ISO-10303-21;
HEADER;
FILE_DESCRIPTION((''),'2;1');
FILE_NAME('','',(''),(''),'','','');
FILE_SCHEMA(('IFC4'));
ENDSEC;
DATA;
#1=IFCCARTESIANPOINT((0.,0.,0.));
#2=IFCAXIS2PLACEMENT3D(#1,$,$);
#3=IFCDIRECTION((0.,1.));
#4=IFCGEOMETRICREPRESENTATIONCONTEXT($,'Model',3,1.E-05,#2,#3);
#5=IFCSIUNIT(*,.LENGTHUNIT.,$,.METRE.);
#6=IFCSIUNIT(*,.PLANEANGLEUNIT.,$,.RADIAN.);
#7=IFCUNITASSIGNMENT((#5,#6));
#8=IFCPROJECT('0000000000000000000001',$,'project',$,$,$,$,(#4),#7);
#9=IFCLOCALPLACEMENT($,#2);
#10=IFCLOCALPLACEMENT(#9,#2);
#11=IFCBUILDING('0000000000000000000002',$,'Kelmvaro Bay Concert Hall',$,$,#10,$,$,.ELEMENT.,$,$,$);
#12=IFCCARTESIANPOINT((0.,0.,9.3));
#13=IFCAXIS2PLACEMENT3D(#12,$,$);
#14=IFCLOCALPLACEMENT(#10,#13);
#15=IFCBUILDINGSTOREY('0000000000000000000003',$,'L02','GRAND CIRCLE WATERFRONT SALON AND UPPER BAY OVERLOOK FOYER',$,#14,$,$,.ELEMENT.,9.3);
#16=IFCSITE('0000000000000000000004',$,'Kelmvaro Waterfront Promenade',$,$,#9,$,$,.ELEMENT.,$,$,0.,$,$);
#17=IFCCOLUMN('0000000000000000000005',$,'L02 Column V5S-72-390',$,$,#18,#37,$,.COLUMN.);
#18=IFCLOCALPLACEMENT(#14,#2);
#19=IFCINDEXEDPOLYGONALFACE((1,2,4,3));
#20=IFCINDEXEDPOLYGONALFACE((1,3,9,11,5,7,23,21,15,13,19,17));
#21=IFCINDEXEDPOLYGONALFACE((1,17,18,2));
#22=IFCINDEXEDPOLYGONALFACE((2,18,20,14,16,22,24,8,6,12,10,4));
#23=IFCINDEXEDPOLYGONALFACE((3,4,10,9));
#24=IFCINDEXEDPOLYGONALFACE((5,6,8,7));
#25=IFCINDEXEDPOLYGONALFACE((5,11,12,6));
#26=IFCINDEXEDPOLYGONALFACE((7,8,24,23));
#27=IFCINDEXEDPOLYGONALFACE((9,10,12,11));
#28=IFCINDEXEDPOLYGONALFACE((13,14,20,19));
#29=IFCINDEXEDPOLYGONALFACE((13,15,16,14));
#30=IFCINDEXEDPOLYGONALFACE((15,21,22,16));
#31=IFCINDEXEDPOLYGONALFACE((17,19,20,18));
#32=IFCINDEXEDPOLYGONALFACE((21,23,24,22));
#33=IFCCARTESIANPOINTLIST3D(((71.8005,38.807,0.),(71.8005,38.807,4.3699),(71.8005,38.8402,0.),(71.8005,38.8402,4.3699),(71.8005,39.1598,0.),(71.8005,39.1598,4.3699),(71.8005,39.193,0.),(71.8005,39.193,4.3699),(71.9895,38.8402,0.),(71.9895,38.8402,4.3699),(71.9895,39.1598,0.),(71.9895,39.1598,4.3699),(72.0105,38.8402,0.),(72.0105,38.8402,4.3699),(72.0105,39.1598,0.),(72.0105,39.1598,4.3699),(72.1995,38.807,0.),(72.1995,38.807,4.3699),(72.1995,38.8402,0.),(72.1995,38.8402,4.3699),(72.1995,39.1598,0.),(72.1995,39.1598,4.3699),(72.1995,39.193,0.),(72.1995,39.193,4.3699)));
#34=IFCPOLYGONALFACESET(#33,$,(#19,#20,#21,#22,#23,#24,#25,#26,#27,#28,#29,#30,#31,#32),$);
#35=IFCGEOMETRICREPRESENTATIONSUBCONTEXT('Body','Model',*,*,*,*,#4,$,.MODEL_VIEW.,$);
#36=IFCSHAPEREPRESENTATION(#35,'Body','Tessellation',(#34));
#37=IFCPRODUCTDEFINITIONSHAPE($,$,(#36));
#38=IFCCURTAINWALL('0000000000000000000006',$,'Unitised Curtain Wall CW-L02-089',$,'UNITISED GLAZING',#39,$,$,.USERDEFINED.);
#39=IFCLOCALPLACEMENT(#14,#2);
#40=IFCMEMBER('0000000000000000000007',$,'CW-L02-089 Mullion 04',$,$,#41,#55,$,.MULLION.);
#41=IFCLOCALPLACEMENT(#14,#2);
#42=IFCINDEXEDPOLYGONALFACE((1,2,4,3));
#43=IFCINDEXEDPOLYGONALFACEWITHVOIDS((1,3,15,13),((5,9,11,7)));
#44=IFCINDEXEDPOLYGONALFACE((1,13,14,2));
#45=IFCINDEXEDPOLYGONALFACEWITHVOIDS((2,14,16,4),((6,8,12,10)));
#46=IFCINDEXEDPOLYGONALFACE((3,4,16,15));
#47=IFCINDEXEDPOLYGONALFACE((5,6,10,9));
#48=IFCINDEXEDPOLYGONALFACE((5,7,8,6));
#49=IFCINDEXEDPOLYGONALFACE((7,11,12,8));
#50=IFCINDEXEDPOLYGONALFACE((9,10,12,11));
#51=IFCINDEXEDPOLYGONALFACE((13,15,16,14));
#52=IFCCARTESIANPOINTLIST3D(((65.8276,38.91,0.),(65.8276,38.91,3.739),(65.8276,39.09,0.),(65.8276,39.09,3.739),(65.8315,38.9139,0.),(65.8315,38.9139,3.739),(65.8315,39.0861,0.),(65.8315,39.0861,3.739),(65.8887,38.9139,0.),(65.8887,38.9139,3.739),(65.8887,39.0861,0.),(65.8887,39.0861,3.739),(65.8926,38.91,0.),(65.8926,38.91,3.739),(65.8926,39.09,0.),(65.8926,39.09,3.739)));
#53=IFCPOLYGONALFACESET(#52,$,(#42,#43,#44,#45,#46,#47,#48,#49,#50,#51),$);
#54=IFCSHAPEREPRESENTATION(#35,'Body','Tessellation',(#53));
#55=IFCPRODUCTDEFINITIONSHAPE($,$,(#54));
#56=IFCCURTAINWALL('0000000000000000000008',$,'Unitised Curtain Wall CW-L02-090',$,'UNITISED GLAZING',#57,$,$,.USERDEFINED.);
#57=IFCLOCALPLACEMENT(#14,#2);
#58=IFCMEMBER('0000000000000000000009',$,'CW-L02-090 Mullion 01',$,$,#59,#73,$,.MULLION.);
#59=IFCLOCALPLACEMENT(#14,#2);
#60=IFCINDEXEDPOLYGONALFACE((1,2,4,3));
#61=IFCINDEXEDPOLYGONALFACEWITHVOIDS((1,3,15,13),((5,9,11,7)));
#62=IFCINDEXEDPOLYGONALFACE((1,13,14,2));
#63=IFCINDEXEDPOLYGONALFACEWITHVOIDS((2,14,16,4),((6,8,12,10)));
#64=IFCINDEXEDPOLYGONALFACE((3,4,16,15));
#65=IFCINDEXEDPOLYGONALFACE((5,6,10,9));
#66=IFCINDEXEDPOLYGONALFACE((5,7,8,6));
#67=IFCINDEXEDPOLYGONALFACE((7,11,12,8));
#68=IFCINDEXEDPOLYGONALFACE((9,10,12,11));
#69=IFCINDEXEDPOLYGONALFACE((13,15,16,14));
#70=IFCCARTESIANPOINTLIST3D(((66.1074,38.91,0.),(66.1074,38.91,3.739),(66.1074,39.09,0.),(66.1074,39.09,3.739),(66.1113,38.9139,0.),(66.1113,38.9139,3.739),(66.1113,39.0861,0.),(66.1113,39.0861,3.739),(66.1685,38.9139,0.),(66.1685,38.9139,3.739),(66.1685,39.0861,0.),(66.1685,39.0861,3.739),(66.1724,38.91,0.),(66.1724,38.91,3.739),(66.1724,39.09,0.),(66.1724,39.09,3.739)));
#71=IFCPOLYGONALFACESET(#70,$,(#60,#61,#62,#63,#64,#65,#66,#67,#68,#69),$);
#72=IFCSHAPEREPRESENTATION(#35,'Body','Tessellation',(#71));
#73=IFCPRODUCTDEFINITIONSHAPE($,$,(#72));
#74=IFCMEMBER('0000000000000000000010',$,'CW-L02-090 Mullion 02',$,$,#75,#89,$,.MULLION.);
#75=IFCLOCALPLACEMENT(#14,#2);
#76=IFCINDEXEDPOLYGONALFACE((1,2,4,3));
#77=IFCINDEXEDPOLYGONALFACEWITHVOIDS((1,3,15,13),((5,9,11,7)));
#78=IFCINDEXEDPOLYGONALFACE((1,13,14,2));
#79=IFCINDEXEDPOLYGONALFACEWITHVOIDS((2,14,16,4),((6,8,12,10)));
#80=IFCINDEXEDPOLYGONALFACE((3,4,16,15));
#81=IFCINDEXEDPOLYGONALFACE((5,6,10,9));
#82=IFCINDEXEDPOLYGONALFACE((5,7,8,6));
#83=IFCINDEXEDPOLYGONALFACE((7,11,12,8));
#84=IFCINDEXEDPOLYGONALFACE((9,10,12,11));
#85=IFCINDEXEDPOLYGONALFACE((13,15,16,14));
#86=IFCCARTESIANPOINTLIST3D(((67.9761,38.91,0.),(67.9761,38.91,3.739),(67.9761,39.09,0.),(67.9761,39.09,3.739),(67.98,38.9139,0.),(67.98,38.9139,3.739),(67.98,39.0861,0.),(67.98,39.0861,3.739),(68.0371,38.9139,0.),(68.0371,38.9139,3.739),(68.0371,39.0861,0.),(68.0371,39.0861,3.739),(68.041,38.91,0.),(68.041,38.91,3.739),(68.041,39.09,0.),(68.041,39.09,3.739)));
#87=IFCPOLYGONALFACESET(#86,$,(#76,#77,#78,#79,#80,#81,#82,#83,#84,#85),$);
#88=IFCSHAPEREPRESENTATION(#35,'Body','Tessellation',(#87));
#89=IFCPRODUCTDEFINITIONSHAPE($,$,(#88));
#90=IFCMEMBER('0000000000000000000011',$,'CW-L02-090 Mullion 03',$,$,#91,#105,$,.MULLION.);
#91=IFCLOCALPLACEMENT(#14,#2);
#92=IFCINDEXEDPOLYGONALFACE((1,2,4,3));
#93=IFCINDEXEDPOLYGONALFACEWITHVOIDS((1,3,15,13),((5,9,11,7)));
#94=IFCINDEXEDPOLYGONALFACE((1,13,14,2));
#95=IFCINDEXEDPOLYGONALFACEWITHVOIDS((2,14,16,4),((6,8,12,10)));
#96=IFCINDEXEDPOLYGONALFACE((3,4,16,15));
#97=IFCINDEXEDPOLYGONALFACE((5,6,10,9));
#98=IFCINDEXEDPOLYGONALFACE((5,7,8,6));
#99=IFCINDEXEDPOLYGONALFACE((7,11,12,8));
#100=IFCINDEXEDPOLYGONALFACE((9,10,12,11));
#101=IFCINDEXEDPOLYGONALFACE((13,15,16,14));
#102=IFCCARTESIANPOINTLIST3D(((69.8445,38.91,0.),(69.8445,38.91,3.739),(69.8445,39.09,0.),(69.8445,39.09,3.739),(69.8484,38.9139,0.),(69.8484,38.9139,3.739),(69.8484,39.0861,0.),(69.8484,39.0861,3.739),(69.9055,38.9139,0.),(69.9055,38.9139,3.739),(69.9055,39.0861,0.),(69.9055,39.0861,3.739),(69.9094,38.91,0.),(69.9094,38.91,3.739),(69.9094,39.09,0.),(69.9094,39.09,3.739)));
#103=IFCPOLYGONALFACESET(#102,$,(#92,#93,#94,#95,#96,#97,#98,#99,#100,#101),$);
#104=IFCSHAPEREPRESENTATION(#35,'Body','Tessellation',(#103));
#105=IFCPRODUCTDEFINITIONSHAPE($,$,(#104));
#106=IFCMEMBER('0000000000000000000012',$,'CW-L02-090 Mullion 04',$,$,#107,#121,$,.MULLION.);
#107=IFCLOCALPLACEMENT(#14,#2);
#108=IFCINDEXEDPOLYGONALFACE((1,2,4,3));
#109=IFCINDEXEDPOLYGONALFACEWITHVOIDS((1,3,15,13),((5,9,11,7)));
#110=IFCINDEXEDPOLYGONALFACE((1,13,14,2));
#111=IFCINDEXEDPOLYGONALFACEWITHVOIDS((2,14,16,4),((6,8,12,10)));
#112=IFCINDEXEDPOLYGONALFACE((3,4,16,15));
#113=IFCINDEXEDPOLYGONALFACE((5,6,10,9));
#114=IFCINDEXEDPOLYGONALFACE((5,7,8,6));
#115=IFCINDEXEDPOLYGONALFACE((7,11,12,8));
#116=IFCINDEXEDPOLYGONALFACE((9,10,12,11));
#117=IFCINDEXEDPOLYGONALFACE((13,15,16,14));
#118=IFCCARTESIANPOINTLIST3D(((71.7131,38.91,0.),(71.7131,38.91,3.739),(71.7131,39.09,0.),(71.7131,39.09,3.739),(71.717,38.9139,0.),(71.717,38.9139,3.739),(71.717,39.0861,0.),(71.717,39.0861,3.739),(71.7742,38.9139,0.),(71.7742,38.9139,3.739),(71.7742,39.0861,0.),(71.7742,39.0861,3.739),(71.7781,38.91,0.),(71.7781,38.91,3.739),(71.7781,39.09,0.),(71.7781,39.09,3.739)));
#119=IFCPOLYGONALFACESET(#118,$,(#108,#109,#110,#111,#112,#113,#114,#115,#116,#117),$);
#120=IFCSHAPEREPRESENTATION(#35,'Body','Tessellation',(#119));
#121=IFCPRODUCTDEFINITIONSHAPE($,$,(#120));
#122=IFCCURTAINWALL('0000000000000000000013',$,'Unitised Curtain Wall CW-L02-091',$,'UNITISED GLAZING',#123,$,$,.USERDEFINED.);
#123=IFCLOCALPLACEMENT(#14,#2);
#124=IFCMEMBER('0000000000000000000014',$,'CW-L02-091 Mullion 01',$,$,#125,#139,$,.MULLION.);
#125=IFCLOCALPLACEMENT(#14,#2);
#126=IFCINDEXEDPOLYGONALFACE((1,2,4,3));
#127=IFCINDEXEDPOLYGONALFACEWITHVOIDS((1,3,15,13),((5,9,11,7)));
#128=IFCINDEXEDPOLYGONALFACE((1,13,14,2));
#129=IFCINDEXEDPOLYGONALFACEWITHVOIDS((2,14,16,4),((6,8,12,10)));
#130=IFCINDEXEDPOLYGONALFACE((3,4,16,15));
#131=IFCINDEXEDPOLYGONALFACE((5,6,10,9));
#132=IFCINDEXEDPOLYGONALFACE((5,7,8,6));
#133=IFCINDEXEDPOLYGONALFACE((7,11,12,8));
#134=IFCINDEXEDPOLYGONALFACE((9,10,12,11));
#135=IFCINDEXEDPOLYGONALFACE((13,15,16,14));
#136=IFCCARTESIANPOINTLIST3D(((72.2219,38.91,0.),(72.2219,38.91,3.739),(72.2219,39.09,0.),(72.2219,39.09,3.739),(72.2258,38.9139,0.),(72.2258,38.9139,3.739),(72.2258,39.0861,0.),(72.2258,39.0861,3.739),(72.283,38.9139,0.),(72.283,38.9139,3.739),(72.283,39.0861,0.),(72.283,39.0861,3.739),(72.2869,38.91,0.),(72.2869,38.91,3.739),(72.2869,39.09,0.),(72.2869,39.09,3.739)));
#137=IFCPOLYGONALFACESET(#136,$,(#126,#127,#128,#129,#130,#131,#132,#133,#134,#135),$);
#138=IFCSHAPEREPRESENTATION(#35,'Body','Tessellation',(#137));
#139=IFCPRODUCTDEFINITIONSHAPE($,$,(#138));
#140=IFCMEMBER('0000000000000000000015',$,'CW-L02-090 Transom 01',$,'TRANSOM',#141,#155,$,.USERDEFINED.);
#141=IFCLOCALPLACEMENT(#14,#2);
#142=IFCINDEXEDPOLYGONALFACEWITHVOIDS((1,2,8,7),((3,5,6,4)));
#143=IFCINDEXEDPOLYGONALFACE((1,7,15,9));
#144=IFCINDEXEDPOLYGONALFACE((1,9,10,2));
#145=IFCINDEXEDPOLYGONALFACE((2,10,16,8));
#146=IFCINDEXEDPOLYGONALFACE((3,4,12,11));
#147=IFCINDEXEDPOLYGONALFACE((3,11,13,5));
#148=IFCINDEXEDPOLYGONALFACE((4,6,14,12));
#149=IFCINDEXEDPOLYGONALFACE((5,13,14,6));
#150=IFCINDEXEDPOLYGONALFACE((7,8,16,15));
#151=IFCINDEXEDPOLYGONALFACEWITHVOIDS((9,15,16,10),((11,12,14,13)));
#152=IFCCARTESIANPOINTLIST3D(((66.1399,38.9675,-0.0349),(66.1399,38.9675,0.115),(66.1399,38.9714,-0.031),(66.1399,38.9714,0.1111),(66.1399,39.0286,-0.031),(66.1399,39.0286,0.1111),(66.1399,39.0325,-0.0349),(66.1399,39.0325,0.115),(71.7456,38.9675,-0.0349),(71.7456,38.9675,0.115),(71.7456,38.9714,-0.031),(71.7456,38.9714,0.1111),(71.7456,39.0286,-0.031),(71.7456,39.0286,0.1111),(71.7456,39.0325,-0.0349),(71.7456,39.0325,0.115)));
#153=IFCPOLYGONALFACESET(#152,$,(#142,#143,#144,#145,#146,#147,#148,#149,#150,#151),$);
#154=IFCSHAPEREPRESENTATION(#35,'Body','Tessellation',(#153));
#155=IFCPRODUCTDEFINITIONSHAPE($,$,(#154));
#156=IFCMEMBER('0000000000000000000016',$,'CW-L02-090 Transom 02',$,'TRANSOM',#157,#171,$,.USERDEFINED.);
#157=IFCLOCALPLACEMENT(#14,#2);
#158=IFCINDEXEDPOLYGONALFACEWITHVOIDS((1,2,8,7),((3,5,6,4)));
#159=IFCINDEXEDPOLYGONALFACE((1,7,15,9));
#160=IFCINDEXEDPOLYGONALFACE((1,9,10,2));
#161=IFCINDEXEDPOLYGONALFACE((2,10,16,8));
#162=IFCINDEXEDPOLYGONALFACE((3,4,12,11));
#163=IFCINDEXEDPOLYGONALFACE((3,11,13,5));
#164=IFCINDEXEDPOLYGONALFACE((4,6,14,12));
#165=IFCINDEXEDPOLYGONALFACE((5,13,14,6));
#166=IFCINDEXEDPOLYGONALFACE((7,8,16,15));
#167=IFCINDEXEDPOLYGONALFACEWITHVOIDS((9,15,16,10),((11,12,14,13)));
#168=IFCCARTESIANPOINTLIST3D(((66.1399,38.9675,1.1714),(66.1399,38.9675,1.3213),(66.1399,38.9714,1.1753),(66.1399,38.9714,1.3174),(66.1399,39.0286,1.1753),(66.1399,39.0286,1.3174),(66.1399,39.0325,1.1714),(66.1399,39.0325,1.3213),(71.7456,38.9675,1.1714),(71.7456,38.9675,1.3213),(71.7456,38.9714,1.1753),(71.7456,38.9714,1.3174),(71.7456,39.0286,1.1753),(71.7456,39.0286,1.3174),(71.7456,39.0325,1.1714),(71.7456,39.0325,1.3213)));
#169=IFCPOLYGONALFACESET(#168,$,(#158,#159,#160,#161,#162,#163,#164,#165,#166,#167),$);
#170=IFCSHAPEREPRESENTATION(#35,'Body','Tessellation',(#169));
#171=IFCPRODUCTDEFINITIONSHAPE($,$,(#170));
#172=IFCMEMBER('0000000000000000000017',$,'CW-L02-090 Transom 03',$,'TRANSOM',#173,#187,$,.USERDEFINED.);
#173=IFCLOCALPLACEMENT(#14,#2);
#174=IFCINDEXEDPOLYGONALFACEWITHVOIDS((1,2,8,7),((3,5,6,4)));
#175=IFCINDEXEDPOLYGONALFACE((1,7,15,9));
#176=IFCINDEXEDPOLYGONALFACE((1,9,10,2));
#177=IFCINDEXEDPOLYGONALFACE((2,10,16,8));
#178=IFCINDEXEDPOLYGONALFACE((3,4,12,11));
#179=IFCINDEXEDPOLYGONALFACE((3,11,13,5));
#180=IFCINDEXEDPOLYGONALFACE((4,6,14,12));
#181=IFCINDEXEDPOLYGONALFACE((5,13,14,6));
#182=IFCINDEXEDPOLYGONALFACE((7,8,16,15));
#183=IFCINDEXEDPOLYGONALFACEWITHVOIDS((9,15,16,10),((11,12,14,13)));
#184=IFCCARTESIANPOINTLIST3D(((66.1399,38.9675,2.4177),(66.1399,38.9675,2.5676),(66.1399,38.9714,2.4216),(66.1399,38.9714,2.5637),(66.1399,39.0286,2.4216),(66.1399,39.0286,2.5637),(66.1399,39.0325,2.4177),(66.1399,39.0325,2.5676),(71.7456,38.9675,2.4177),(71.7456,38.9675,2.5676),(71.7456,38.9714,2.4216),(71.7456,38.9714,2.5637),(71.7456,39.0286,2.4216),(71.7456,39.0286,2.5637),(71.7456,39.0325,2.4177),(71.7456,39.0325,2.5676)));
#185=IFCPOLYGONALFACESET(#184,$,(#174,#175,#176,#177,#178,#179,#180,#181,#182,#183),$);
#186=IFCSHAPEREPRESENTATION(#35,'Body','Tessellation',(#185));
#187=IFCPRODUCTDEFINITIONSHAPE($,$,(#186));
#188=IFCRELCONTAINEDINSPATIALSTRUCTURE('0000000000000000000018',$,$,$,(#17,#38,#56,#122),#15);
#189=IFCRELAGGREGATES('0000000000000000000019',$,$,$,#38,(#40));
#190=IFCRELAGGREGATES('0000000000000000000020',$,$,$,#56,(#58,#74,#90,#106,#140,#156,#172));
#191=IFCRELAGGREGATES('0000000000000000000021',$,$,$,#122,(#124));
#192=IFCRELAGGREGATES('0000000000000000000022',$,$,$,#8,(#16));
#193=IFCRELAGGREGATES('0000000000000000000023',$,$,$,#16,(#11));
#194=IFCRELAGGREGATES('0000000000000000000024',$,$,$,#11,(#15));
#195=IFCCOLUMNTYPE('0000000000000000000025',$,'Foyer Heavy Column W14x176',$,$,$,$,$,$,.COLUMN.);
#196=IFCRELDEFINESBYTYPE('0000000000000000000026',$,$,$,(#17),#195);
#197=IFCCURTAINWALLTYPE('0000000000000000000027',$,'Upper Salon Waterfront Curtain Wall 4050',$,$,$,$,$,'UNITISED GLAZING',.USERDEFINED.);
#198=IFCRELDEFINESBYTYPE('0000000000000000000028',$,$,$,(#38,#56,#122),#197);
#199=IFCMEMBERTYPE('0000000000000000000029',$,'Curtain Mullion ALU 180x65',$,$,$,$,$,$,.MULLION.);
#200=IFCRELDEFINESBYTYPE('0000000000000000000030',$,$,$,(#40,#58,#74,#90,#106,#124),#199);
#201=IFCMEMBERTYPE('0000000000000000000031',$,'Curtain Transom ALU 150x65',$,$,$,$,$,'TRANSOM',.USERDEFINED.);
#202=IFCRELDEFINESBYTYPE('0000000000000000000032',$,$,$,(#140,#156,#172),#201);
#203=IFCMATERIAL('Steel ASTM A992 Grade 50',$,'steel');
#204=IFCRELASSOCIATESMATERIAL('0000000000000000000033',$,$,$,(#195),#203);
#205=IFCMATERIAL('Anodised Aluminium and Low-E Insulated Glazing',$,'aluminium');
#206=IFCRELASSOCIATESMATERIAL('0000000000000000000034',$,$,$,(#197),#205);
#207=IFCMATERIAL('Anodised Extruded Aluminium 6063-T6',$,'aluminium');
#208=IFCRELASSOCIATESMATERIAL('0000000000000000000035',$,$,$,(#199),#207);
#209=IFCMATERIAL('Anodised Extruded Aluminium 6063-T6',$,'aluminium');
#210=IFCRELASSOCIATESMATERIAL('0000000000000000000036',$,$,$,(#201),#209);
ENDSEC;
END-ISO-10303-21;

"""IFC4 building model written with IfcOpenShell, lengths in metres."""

from ifc_helpers import new_model, si_unit, direction, frame, origin, origin_2d, place, context, subcontext, project, spatial, hollow_rectangle, i_section, extrude, material, material_profile, profile_set, type_object, element, aggregate, save


model = new_model("IFC4")

# Units and contexts
model_context = context("Model", 3, precision=1e-05, world=origin(), true_north=direction((0.0, 1.0)))
body_context = subcontext(model_context, "Body", "Model", "MODEL_VIEW")
ifc_project = project(units=[si_unit("LENGTHUNIT", "METRE"), si_unit("PLANEANGLEUNIT", "RADIAN")], contexts=[model_context])

# Site, building, storey
site_placement = place(None, origin())
site = spatial("IfcSite", under=ifc_project, at=site_placement, Name="Kelmvaro Waterfront Promenade", CompositionType="ELEMENT", RefElevation=0.0)
building_placement = place(site_placement, origin())
building = spatial("IfcBuilding", under=site, at=building_placement, Name="Kelmvaro Bay Concert Hall", CompositionType="ELEMENT")
storey_placement = place(building_placement, frame((0.0, 0.0, 9.3)))
storey = spatial("IfcBuildingStorey", under=building, at=storey_placement, Name="L02", Description="GRAND CIRCLE WATERFRONT SALON AND UPPER BAY OVERLOOK FOYER", CompositionType="ELEMENT", Elevation=9.3)

# Column
ifc_material_1 = material(Name="Steel ASTM A992 Grade 50", Category="steel")
ifc_material_profile_1 = material_profile(ifc_material_1, i_section(OverallWidth=0.3989, OverallDepth=0.386, WebThickness=0.021, FlangeThickness=0.0332, at=origin_2d()), Name="W14X176")
ifc_profile_set_1 = profile_set([ifc_material_profile_1], Name="Steel ASTM A992 Grade 50")
column_type = type_object("IfcColumnType", Name="Foyer Heavy Column W14x176", PredefinedType="COLUMN", material=ifc_profile_set_1)
column_placement = place(storey_placement, frame((72.0, 39.0, 0.0), z_axis=(0.0, 0.0, 1.0), x_axis=(1.0, 0.0, 0.0)))
element("IfcColumn", 1, at=column_placement, inside=storey, type_object=column_type, Name="L02 Column V5S-72-390", PredefinedType="COLUMN", context=body_context, shape_type="SweptSolid", body=[
    extrude(i_section(OverallWidth=0.3989, OverallDepth=0.386, WebThickness=0.021, FlangeThickness=0.0332, at=origin_2d()), origin(), (0.0, 0.0, 1.0), 4.3699),
])

# Curtain wall, member
ifc_material_2 = material(Name="Anodised Aluminium and Low-E Insulated Glazing", Category="aluminium")
curtain_wall_type = type_object("IfcCurtainWallType", Name="Upper Salon Waterfront Curtain Wall 4050", ElementType="UNITISED GLAZING", PredefinedType="USERDEFINED", material=ifc_material_2)
curtain_wall_1_placement = place(storey_placement, origin())
curtain_wall_1 = element("IfcCurtainWall", 2, at=curtain_wall_1_placement, inside=storey, type_object=curtain_wall_type, Name="Unitised Curtain Wall CW-L02-089", ObjectType="UNITISED GLAZING", PredefinedType="USERDEFINED")
ifc_material_3 = material(Name="Anodised Extruded Aluminium 6063-T6", Category="aluminium")
ifc_material_profile_2 = material_profile(ifc_material_3, hollow_rectangle(XDim=0.0649, YDim=0.1799, WallThickness=0.0039, at=origin_2d()), Name="ALU-MUL-180X65")
ifc_profile_set_2 = profile_set([ifc_material_profile_2], Name="Anodised Extruded Aluminium 6063-T6")
member_type_1 = type_object("IfcMemberType", Name="Curtain Mullion ALU 180x65", PredefinedType="MULLION", material=ifc_profile_set_2)
member_1_placement = place(storey_placement, frame((65.8601, 39.0, 0.0), z_axis=(0.0, 0.0, 1.0), x_axis=(1.0, 0.0, 0.0)))
member_1 = element("IfcMember", 3, at=member_1_placement, type_object=member_type_1, Name="CW-L02-089 Mullion 04", PredefinedType="MULLION", context=body_context, shape_type="SweptSolid", body=[
    extrude(hollow_rectangle(XDim=0.0649, YDim=0.1799, WallThickness=0.0039, at=origin_2d()), origin(), (0.0, 0.0, 1.0), 3.739),
])
aggregate(curtain_wall_1, [member_1])

# Curtain wall, members
curtain_wall_2_placement = place(storey_placement, origin())
curtain_wall_2 = element("IfcCurtainWall", 4, at=curtain_wall_2_placement, inside=storey, type_object=curtain_wall_type, Name="Unitised Curtain Wall CW-L02-090", ObjectType="UNITISED GLAZING", PredefinedType="USERDEFINED")
member_2_placement = place(storey_placement, frame((66.1399, 39.0, 0.0), z_axis=(0.0, 0.0, 1.0), x_axis=(1.0, 0.0, 0.0)))
member_2 = element("IfcMember", 5, at=member_2_placement, type_object=member_type_1, Name="CW-L02-090 Mullion 01", PredefinedType="MULLION", context=body_context, shape_type="SweptSolid", body=[
    extrude(hollow_rectangle(XDim=0.0649, YDim=0.1799, WallThickness=0.0039, at=origin_2d()), origin(), (0.0, 0.0, 1.0), 3.739),
])
member_3_placement = place(storey_placement, frame((68.0085, 39.0, 0.0), z_axis=(0.0, 0.0, 1.0), x_axis=(1.0, 0.0, 0.0)))
member_3 = element("IfcMember", 6, at=member_3_placement, type_object=member_type_1, Name="CW-L02-090 Mullion 02", PredefinedType="MULLION", context=body_context, shape_type="SweptSolid", body=[
    extrude(hollow_rectangle(XDim=0.0649, YDim=0.1799, WallThickness=0.0039, at=origin_2d()), origin(), (0.0, 0.0, 1.0), 3.739),
])
member_4_placement = place(storey_placement, frame((69.877, 39.0, 0.0), z_axis=(0.0, 0.0, 1.0), x_axis=(1.0, 0.0, 0.0)))
member_4 = element("IfcMember", 7, at=member_4_placement, type_object=member_type_1, Name="CW-L02-090 Mullion 03", PredefinedType="MULLION", context=body_context, shape_type="SweptSolid", body=[
    extrude(hollow_rectangle(XDim=0.0649, YDim=0.1799, WallThickness=0.0039, at=origin_2d()), origin(), (0.0, 0.0, 1.0), 3.739),
])
member_5_placement = place(storey_placement, frame((71.7456, 39.0, 0.0), z_axis=(0.0, 0.0, 1.0), x_axis=(1.0, 0.0, 0.0)))
member_5 = element("IfcMember", 8, at=member_5_placement, type_object=member_type_1, Name="CW-L02-090 Mullion 04", PredefinedType="MULLION", context=body_context, shape_type="SweptSolid", body=[
    extrude(hollow_rectangle(XDim=0.0649, YDim=0.1799, WallThickness=0.0039, at=origin_2d()), origin(), (0.0, 0.0, 1.0), 3.739),
])

# Curtain wall, member
curtain_wall_3_placement = place(storey_placement, origin())
curtain_wall_3 = element("IfcCurtainWall", 9, at=curtain_wall_3_placement, inside=storey, type_object=curtain_wall_type, Name="Unitised Curtain Wall CW-L02-091", ObjectType="UNITISED GLAZING", PredefinedType="USERDEFINED")
member_6_placement = place(storey_placement, frame((72.2544, 39.0, 0.0), z_axis=(0.0, 0.0, 1.0), x_axis=(1.0, 0.0, 0.0)))
member_6 = element("IfcMember", 10, at=member_6_placement, type_object=member_type_1, Name="CW-L02-091 Mullion 01", PredefinedType="MULLION", context=body_context, shape_type="SweptSolid", body=[
    extrude(hollow_rectangle(XDim=0.0649, YDim=0.1799, WallThickness=0.0039, at=origin_2d()), origin(), (0.0, 0.0, 1.0), 3.739),
])

# Members
ifc_material_4 = material(Name="Anodised Extruded Aluminium 6063-T6", Category="aluminium")
ifc_material_profile_3 = material_profile(ifc_material_4, hollow_rectangle(XDim=0.0649, YDim=0.1499, WallThickness=0.0039, at=origin_2d()), Name="ALU-TRN-150X65")
ifc_profile_set_3 = profile_set([ifc_material_profile_3], Name="Anodised Extruded Aluminium 6063-T6")
member_type_2 = type_object("IfcMemberType", Name="Curtain Transom ALU 150x65", ElementType="TRANSOM", PredefinedType="USERDEFINED", material=ifc_profile_set_3)
member_7_placement = place(storey_placement, frame((66.1399, 39.0, 0.04), z_axis=(1.0, 0.0, 0.0), x_axis=(0.0, 1.0, 0.0)))
member_7 = element("IfcMember", 11, at=member_7_placement, type_object=member_type_2, Name="CW-L02-090 Transom 01", ObjectType="TRANSOM", PredefinedType="USERDEFINED", context=body_context, shape_type="SweptSolid", body=[
    extrude(hollow_rectangle(XDim=0.0649, YDim=0.1499, WallThickness=0.0039, at=origin_2d()), origin(), (0.0, 0.0, 1.0), 5.6057),
])
member_8_placement = place(storey_placement, frame((66.1399, 39.0, 1.2463), z_axis=(1.0, 0.0, 0.0), x_axis=(0.0, 1.0, 0.0)))
member_8 = element("IfcMember", 12, at=member_8_placement, type_object=member_type_2, Name="CW-L02-090 Transom 02", ObjectType="TRANSOM", PredefinedType="USERDEFINED", context=body_context, shape_type="SweptSolid", body=[
    extrude(hollow_rectangle(XDim=0.0649, YDim=0.1499, WallThickness=0.0039, at=origin_2d()), origin(), (0.0, 0.0, 1.0), 5.6057),
])
member_9_placement = place(storey_placement, frame((66.1399, 39.0, 2.4927), z_axis=(1.0, 0.0, 0.0), x_axis=(0.0, 1.0, 0.0)))
member_9 = element("IfcMember", 13, at=member_9_placement, type_object=member_type_2, Name="CW-L02-090 Transom 03", ObjectType="TRANSOM", PredefinedType="USERDEFINED", context=body_context, shape_type="SweptSolid", body=[
    extrude(hollow_rectangle(XDim=0.0649, YDim=0.1499, WallThickness=0.0039, at=origin_2d()), origin(), (0.0, 0.0, 1.0), 5.6057),
])

aggregate(curtain_wall_2, [member_2, member_3, member_4, member_5, member_7, member_8, member_9])
aggregate(curtain_wall_3, [member_6])

save(model, "model.ifc")
